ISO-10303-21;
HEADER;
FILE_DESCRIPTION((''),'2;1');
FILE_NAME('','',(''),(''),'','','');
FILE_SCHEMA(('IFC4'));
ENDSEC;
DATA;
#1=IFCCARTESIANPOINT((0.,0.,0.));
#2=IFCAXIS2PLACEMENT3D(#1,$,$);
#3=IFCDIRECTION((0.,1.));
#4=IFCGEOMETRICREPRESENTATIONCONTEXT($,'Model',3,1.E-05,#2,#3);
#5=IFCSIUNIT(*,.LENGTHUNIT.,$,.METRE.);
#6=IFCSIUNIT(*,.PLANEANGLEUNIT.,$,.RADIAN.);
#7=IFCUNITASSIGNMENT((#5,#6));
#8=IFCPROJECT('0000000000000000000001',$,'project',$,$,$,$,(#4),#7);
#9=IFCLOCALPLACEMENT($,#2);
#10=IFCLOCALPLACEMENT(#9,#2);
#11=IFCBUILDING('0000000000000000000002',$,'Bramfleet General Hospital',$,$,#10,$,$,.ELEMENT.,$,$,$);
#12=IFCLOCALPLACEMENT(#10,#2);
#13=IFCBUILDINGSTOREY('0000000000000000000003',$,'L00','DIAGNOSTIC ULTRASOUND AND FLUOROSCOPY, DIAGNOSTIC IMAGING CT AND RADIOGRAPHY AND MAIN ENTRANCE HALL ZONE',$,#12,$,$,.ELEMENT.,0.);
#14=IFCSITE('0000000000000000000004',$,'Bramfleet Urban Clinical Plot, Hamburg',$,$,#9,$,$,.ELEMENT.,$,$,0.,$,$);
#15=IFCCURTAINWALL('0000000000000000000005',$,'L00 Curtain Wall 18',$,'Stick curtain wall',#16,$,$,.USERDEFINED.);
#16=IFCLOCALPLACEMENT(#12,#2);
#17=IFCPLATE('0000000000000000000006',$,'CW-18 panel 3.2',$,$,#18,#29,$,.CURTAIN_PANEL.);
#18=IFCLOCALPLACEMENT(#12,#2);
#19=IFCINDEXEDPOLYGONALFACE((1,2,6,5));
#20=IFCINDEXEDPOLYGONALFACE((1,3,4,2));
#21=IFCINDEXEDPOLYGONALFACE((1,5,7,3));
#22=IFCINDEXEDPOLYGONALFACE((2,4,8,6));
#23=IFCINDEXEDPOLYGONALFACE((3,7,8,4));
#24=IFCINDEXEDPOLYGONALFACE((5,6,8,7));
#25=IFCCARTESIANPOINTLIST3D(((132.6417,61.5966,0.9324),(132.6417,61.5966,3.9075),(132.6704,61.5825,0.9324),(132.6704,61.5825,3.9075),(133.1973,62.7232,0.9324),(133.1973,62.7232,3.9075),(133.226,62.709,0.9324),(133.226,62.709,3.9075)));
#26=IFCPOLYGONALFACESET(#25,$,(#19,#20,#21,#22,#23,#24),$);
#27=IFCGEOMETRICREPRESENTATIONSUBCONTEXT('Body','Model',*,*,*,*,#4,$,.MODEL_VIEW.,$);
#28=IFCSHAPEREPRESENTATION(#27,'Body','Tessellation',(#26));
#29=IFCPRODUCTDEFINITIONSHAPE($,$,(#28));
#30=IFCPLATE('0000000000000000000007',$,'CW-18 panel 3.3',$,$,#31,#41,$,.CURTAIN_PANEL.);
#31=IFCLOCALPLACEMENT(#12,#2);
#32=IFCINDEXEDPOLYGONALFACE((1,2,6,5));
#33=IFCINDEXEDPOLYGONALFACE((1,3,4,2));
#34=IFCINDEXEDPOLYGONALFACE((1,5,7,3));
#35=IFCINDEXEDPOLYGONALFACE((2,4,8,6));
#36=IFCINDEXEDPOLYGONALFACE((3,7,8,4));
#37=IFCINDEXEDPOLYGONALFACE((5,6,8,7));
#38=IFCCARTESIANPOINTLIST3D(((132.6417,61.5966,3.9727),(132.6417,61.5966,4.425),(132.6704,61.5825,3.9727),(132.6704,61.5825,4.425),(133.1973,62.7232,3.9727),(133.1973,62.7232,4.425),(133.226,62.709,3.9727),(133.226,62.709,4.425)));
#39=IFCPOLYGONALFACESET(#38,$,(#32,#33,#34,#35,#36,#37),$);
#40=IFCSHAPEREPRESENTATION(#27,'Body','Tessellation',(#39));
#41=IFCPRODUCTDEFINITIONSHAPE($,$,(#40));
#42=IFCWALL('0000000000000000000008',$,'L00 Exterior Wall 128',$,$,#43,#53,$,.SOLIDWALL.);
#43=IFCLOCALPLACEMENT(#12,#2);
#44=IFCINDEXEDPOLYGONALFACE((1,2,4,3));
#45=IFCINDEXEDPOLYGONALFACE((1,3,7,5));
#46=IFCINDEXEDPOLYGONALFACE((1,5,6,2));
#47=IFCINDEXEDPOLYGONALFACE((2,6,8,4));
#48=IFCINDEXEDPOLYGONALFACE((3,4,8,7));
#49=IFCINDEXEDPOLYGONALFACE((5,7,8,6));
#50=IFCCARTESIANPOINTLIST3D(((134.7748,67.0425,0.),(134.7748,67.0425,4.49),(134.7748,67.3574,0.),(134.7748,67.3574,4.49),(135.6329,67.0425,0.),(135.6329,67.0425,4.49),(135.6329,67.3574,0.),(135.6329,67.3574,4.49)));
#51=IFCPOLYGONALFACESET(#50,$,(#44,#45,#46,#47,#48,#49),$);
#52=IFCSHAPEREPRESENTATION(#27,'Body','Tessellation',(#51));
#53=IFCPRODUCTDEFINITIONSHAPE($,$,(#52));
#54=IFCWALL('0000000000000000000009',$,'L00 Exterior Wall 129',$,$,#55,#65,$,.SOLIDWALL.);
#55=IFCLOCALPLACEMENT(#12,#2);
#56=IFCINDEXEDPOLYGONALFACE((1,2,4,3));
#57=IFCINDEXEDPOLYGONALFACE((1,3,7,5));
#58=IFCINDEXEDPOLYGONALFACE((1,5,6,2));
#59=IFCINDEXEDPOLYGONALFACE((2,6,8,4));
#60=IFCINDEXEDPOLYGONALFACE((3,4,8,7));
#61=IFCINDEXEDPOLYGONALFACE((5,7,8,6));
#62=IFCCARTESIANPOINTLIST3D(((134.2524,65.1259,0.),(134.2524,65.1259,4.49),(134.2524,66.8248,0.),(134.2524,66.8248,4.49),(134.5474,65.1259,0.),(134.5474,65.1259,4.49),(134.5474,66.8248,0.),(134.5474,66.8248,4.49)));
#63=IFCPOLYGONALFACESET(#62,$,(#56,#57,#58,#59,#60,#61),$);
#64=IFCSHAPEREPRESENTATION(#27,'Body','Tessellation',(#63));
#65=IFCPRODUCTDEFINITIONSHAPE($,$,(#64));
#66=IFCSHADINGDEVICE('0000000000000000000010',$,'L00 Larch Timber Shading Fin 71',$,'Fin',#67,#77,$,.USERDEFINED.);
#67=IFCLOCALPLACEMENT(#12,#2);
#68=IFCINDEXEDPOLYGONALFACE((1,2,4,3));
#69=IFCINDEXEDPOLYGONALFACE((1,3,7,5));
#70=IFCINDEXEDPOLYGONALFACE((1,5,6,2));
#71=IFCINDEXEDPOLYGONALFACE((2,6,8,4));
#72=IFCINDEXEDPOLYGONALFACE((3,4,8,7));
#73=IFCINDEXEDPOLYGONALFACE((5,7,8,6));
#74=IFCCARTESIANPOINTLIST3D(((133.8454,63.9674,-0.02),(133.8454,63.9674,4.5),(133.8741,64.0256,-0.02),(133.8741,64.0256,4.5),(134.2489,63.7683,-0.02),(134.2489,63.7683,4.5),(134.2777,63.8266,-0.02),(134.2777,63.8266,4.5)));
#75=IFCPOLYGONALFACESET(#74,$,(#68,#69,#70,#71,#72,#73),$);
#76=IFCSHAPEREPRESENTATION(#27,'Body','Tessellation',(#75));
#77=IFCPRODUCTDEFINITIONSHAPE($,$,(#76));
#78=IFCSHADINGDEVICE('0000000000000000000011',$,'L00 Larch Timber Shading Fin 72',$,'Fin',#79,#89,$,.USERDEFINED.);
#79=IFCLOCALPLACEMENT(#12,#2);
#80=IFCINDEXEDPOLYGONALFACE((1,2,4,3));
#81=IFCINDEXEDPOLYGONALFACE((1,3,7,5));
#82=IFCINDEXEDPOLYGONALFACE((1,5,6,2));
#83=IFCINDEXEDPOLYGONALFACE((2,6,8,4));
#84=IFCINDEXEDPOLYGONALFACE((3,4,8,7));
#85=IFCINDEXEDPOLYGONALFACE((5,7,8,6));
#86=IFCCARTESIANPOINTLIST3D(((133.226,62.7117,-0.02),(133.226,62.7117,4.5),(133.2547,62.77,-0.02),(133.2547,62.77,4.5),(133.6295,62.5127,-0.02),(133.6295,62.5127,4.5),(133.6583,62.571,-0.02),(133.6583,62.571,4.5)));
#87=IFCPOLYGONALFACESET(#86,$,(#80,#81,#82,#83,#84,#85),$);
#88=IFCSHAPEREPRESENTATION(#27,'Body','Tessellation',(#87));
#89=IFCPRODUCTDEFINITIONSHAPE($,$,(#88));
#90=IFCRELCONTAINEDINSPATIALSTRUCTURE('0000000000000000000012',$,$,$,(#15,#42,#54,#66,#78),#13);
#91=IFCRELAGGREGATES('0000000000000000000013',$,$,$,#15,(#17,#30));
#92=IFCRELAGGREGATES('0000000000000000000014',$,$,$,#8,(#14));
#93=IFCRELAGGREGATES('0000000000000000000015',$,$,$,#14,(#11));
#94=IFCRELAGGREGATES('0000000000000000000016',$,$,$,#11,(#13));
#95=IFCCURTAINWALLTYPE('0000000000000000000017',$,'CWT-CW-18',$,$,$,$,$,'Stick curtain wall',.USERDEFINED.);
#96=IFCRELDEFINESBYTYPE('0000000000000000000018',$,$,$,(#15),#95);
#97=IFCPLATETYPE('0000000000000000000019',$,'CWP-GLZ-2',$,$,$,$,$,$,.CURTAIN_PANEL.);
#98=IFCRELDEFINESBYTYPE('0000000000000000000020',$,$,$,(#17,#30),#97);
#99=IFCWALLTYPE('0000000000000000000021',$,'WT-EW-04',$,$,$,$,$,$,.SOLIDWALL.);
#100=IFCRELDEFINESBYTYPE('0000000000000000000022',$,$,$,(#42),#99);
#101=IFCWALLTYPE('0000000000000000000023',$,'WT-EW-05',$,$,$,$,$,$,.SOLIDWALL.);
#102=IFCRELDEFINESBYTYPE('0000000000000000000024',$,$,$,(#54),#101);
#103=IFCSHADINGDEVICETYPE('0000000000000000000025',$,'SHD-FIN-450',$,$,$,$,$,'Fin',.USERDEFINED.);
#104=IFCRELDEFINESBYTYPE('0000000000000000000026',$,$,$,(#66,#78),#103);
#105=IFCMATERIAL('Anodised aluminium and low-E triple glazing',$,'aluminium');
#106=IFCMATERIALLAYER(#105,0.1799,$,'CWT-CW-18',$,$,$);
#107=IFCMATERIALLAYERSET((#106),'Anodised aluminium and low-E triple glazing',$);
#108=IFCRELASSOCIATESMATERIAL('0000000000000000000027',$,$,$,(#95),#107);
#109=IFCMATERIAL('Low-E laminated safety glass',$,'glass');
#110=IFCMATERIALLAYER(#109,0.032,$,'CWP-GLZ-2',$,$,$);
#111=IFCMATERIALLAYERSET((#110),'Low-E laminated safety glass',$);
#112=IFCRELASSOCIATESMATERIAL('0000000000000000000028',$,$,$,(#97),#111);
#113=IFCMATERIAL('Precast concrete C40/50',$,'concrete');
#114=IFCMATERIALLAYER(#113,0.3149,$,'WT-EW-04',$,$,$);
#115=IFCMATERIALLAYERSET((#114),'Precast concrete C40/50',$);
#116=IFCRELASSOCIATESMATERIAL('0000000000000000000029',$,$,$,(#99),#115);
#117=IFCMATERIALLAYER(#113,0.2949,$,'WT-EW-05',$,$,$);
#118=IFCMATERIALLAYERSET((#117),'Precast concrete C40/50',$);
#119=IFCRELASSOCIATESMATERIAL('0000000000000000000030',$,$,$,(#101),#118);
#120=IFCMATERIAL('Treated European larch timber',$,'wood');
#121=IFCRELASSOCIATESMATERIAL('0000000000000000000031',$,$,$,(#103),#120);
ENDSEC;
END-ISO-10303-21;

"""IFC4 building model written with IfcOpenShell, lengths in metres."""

from ifc_helpers import new_model, si_unit, direction, frame, frame_2d, origin, origin_2d, place, context, subcontext, project, spatial, rectangle, extrude, material, layer, layer_set, material_profile, profile_set, type_object, element, aggregate, save


model = new_model("IFC4")

# Units and contexts
model_context = context("Model", 3, precision=1e-05, world=origin(), true_north=direction((0.0, 1.0)))
body_context = subcontext(model_context, "Body", "Model", "MODEL_VIEW")
ifc_project = project(units=[si_unit("LENGTHUNIT", "METRE"), si_unit("PLANEANGLEUNIT", "RADIAN")], contexts=[model_context])

# Site, building, storey
site_placement = place(None, origin())
site = spatial("IfcSite", under=ifc_project, at=site_placement, Name="Bramfleet Urban Clinical Plot, Hamburg", CompositionType="ELEMENT", RefElevation=0.0)
building_placement = place(site_placement, origin())
building = spatial("IfcBuilding", under=site, at=building_placement, Name="Bramfleet General Hospital", CompositionType="ELEMENT")
storey_placement = place(building_placement, origin())
storey = spatial("IfcBuildingStorey", under=building, at=storey_placement, Name="L00", Description="DIAGNOSTIC ULTRASOUND AND FLUOROSCOPY, DIAGNOSTIC IMAGING CT AND RADIOGRAPHY AND MAIN ENTRANCE HALL ZONE", CompositionType="ELEMENT", Elevation=0.0)

# Shared definitions
ifc_material_1 = material(Name="Anodised aluminium and low-E triple glazing", Category="aluminium")

# Curtain wall, plates
ifc_layer_1 = layer(ifc_material_1, 0.1799, Name="CWT-CW-18")
ifc_layer_set_1 = layer_set([ifc_layer_1], Name="Anodised aluminium and low-E triple glazing")
curtain_wall_type_1 = type_object("IfcCurtainWallType", Name="CWT-CW-18", ElementType="Stick curtain wall", PredefinedType="USERDEFINED", material=ifc_layer_set_1)
curtain_wall_1_placement = place(storey_placement, origin())
curtain_wall_1 = element("IfcCurtainWall", 1, at=curtain_wall_1_placement, inside=storey, type_object=curtain_wall_type_1, Name="L00 Curtain Wall 18", ObjectType="Stick curtain wall", PredefinedType="USERDEFINED")
ifc_material_2 = material(Name="Low-E laminated safety glass", Category="glass")
ifc_layer_2 = layer(ifc_material_2, 0.032, Name="CWP-GLZ-2")
ifc_layer_set_2 = layer_set([ifc_layer_2], Name="Low-E laminated safety glass")
plate_type = type_object("IfcPlateType", Name="CWP-GLZ-2", PredefinedType="CURTAIN_PANEL", material=ifc_layer_set_2)
plate_1_placement = place(storey_placement, frame((132.9338, 62.1528, 0.9324), z_axis=(0.0, 0.0, 1.0), x_axis=(-0.442305, -0.896865, 0.0)))
plate_1 = element("IfcPlate", 2, at=plate_1_placement, type_object=plate_type, Name="CW-18 panel 3.2", PredefinedType="CURTAIN_PANEL", context=body_context, shape_type="SweptSolid", body=[
    extrude(rectangle(XDim=1.2561, YDim=0.032, at=origin_2d()), origin(), (0.0, 0.0, 1.0), 2.9751),
])
plate_2_placement = place(storey_placement, frame((132.9338, 62.1528, 3.9727), z_axis=(0.0, 0.0, 1.0), x_axis=(-0.442305, -0.896865, 0.0)))
plate_2 = element("IfcPlate", 3, at=plate_2_placement, type_object=plate_type, Name="CW-18 panel 3.3", PredefinedType="CURTAIN_PANEL", context=body_context, shape_type="SweptSolid", body=[
    extrude(rectangle(XDim=1.2561, YDim=0.032, at=origin_2d()), origin(), (0.0, 0.0, 1.0), 0.4524),
])
aggregate(curtain_wall_1, [plate_1, plate_2])

# Walls
ifc_material_3 = material(Name="Precast concrete C40/50", Category="concrete")
ifc_layer_3 = layer(ifc_material_3, 0.3149, Name="WT-EW-04")
ifc_layer_set_3 = layer_set([ifc_layer_3], Name="Precast concrete C40/50")
wall_type_1 = type_object("IfcWallType", Name="WT-EW-04", PredefinedType="SOLIDWALL", material=ifc_layer_set_3)
wall_1_placement = place(storey_placement, frame((135.6331, 67.2, 0.0), z_axis=(0.0, 0.0, 1.0), x_axis=(-1.0, 0.0, 0.0)))
element("IfcWall", 4, at=wall_1_placement, inside=storey, type_object=wall_type_1, Name="L00 Exterior Wall 128", PredefinedType="SOLIDWALL", context=body_context, shape_type="SweptSolid", body=[
    extrude(rectangle(XDim=0.8582, YDim=0.3149, at=frame_2d((0.4292, 0.0))), origin(), (0.0, 0.0, 1.0), 4.49),
])
ifc_layer_4 = layer(ifc_material_3, 0.2949, Name="WT-EW-05")
ifc_layer_set_4 = layer_set([ifc_layer_4], Name="Precast concrete C40/50")
wall_type_2 = type_object("IfcWallType", Name="WT-EW-05", PredefinedType="SOLIDWALL", material=ifc_layer_set_4)
wall_2_placement = place(storey_placement, frame((134.3999, 66.825, 0.0), z_axis=(0.0, 0.0, 1.0), x_axis=(0.0, -1.0, 0.0)))
element("IfcWall", 5, at=wall_2_placement, inside=storey, type_object=wall_type_2, Name="L00 Exterior Wall 129", PredefinedType="SOLIDWALL", context=body_context, shape_type="SweptSolid", body=[
    extrude(rectangle(XDim=1.699, YDim=0.2949, at=frame_2d((0.8496, 0.0))), origin(), (0.0, 0.0, 1.0), 4.49),
])

# Shading devices
ifc_material_4 = material(Name="Treated European larch timber", Category="wood")
ifc_material_profile_1 = material_profile(ifc_material_4, rectangle(XDim=0.0649, YDim=0.45, at=origin_2d()), Name="LARCH FIN 450x65")
ifc_profile_set_1 = profile_set([ifc_material_profile_1], Name="Treated European larch timber")
shading_device_type = type_object("IfcShadingDeviceType", Name="SHD-FIN-450", ElementType="Fin", PredefinedType="USERDEFINED", material=ifc_profile_set_1)
for number, where, z_axis, x_axis, name in (
    (6, (134.0615, 63.897, -0.02), (0.0, 0.0, 1.0), (-0.442305, -0.896865, 0.0), "L00 Larch Timber Shading Fin 71"),
    (7, (133.4421, 62.6414, -0.02), (0.0, 0.0, 1.0), (-0.442305, -0.896865, 0.0), "L00 Larch Timber Shading Fin 72"),
):
    element("IfcShadingDevice", number, at=place(storey_placement, frame(where, z_axis=z_axis, x_axis=x_axis)), inside=storey, type_object=shading_device_type, Name=name, ObjectType="Fin", PredefinedType="USERDEFINED", context=body_context, shape_type="SweptSolid", body=[
        extrude(rectangle(XDim=0.0649, YDim=0.45, at=origin_2d()), origin(), (0.0, 0.0, 1.0), 4.52),
    ])

save(model, "model.ifc")
